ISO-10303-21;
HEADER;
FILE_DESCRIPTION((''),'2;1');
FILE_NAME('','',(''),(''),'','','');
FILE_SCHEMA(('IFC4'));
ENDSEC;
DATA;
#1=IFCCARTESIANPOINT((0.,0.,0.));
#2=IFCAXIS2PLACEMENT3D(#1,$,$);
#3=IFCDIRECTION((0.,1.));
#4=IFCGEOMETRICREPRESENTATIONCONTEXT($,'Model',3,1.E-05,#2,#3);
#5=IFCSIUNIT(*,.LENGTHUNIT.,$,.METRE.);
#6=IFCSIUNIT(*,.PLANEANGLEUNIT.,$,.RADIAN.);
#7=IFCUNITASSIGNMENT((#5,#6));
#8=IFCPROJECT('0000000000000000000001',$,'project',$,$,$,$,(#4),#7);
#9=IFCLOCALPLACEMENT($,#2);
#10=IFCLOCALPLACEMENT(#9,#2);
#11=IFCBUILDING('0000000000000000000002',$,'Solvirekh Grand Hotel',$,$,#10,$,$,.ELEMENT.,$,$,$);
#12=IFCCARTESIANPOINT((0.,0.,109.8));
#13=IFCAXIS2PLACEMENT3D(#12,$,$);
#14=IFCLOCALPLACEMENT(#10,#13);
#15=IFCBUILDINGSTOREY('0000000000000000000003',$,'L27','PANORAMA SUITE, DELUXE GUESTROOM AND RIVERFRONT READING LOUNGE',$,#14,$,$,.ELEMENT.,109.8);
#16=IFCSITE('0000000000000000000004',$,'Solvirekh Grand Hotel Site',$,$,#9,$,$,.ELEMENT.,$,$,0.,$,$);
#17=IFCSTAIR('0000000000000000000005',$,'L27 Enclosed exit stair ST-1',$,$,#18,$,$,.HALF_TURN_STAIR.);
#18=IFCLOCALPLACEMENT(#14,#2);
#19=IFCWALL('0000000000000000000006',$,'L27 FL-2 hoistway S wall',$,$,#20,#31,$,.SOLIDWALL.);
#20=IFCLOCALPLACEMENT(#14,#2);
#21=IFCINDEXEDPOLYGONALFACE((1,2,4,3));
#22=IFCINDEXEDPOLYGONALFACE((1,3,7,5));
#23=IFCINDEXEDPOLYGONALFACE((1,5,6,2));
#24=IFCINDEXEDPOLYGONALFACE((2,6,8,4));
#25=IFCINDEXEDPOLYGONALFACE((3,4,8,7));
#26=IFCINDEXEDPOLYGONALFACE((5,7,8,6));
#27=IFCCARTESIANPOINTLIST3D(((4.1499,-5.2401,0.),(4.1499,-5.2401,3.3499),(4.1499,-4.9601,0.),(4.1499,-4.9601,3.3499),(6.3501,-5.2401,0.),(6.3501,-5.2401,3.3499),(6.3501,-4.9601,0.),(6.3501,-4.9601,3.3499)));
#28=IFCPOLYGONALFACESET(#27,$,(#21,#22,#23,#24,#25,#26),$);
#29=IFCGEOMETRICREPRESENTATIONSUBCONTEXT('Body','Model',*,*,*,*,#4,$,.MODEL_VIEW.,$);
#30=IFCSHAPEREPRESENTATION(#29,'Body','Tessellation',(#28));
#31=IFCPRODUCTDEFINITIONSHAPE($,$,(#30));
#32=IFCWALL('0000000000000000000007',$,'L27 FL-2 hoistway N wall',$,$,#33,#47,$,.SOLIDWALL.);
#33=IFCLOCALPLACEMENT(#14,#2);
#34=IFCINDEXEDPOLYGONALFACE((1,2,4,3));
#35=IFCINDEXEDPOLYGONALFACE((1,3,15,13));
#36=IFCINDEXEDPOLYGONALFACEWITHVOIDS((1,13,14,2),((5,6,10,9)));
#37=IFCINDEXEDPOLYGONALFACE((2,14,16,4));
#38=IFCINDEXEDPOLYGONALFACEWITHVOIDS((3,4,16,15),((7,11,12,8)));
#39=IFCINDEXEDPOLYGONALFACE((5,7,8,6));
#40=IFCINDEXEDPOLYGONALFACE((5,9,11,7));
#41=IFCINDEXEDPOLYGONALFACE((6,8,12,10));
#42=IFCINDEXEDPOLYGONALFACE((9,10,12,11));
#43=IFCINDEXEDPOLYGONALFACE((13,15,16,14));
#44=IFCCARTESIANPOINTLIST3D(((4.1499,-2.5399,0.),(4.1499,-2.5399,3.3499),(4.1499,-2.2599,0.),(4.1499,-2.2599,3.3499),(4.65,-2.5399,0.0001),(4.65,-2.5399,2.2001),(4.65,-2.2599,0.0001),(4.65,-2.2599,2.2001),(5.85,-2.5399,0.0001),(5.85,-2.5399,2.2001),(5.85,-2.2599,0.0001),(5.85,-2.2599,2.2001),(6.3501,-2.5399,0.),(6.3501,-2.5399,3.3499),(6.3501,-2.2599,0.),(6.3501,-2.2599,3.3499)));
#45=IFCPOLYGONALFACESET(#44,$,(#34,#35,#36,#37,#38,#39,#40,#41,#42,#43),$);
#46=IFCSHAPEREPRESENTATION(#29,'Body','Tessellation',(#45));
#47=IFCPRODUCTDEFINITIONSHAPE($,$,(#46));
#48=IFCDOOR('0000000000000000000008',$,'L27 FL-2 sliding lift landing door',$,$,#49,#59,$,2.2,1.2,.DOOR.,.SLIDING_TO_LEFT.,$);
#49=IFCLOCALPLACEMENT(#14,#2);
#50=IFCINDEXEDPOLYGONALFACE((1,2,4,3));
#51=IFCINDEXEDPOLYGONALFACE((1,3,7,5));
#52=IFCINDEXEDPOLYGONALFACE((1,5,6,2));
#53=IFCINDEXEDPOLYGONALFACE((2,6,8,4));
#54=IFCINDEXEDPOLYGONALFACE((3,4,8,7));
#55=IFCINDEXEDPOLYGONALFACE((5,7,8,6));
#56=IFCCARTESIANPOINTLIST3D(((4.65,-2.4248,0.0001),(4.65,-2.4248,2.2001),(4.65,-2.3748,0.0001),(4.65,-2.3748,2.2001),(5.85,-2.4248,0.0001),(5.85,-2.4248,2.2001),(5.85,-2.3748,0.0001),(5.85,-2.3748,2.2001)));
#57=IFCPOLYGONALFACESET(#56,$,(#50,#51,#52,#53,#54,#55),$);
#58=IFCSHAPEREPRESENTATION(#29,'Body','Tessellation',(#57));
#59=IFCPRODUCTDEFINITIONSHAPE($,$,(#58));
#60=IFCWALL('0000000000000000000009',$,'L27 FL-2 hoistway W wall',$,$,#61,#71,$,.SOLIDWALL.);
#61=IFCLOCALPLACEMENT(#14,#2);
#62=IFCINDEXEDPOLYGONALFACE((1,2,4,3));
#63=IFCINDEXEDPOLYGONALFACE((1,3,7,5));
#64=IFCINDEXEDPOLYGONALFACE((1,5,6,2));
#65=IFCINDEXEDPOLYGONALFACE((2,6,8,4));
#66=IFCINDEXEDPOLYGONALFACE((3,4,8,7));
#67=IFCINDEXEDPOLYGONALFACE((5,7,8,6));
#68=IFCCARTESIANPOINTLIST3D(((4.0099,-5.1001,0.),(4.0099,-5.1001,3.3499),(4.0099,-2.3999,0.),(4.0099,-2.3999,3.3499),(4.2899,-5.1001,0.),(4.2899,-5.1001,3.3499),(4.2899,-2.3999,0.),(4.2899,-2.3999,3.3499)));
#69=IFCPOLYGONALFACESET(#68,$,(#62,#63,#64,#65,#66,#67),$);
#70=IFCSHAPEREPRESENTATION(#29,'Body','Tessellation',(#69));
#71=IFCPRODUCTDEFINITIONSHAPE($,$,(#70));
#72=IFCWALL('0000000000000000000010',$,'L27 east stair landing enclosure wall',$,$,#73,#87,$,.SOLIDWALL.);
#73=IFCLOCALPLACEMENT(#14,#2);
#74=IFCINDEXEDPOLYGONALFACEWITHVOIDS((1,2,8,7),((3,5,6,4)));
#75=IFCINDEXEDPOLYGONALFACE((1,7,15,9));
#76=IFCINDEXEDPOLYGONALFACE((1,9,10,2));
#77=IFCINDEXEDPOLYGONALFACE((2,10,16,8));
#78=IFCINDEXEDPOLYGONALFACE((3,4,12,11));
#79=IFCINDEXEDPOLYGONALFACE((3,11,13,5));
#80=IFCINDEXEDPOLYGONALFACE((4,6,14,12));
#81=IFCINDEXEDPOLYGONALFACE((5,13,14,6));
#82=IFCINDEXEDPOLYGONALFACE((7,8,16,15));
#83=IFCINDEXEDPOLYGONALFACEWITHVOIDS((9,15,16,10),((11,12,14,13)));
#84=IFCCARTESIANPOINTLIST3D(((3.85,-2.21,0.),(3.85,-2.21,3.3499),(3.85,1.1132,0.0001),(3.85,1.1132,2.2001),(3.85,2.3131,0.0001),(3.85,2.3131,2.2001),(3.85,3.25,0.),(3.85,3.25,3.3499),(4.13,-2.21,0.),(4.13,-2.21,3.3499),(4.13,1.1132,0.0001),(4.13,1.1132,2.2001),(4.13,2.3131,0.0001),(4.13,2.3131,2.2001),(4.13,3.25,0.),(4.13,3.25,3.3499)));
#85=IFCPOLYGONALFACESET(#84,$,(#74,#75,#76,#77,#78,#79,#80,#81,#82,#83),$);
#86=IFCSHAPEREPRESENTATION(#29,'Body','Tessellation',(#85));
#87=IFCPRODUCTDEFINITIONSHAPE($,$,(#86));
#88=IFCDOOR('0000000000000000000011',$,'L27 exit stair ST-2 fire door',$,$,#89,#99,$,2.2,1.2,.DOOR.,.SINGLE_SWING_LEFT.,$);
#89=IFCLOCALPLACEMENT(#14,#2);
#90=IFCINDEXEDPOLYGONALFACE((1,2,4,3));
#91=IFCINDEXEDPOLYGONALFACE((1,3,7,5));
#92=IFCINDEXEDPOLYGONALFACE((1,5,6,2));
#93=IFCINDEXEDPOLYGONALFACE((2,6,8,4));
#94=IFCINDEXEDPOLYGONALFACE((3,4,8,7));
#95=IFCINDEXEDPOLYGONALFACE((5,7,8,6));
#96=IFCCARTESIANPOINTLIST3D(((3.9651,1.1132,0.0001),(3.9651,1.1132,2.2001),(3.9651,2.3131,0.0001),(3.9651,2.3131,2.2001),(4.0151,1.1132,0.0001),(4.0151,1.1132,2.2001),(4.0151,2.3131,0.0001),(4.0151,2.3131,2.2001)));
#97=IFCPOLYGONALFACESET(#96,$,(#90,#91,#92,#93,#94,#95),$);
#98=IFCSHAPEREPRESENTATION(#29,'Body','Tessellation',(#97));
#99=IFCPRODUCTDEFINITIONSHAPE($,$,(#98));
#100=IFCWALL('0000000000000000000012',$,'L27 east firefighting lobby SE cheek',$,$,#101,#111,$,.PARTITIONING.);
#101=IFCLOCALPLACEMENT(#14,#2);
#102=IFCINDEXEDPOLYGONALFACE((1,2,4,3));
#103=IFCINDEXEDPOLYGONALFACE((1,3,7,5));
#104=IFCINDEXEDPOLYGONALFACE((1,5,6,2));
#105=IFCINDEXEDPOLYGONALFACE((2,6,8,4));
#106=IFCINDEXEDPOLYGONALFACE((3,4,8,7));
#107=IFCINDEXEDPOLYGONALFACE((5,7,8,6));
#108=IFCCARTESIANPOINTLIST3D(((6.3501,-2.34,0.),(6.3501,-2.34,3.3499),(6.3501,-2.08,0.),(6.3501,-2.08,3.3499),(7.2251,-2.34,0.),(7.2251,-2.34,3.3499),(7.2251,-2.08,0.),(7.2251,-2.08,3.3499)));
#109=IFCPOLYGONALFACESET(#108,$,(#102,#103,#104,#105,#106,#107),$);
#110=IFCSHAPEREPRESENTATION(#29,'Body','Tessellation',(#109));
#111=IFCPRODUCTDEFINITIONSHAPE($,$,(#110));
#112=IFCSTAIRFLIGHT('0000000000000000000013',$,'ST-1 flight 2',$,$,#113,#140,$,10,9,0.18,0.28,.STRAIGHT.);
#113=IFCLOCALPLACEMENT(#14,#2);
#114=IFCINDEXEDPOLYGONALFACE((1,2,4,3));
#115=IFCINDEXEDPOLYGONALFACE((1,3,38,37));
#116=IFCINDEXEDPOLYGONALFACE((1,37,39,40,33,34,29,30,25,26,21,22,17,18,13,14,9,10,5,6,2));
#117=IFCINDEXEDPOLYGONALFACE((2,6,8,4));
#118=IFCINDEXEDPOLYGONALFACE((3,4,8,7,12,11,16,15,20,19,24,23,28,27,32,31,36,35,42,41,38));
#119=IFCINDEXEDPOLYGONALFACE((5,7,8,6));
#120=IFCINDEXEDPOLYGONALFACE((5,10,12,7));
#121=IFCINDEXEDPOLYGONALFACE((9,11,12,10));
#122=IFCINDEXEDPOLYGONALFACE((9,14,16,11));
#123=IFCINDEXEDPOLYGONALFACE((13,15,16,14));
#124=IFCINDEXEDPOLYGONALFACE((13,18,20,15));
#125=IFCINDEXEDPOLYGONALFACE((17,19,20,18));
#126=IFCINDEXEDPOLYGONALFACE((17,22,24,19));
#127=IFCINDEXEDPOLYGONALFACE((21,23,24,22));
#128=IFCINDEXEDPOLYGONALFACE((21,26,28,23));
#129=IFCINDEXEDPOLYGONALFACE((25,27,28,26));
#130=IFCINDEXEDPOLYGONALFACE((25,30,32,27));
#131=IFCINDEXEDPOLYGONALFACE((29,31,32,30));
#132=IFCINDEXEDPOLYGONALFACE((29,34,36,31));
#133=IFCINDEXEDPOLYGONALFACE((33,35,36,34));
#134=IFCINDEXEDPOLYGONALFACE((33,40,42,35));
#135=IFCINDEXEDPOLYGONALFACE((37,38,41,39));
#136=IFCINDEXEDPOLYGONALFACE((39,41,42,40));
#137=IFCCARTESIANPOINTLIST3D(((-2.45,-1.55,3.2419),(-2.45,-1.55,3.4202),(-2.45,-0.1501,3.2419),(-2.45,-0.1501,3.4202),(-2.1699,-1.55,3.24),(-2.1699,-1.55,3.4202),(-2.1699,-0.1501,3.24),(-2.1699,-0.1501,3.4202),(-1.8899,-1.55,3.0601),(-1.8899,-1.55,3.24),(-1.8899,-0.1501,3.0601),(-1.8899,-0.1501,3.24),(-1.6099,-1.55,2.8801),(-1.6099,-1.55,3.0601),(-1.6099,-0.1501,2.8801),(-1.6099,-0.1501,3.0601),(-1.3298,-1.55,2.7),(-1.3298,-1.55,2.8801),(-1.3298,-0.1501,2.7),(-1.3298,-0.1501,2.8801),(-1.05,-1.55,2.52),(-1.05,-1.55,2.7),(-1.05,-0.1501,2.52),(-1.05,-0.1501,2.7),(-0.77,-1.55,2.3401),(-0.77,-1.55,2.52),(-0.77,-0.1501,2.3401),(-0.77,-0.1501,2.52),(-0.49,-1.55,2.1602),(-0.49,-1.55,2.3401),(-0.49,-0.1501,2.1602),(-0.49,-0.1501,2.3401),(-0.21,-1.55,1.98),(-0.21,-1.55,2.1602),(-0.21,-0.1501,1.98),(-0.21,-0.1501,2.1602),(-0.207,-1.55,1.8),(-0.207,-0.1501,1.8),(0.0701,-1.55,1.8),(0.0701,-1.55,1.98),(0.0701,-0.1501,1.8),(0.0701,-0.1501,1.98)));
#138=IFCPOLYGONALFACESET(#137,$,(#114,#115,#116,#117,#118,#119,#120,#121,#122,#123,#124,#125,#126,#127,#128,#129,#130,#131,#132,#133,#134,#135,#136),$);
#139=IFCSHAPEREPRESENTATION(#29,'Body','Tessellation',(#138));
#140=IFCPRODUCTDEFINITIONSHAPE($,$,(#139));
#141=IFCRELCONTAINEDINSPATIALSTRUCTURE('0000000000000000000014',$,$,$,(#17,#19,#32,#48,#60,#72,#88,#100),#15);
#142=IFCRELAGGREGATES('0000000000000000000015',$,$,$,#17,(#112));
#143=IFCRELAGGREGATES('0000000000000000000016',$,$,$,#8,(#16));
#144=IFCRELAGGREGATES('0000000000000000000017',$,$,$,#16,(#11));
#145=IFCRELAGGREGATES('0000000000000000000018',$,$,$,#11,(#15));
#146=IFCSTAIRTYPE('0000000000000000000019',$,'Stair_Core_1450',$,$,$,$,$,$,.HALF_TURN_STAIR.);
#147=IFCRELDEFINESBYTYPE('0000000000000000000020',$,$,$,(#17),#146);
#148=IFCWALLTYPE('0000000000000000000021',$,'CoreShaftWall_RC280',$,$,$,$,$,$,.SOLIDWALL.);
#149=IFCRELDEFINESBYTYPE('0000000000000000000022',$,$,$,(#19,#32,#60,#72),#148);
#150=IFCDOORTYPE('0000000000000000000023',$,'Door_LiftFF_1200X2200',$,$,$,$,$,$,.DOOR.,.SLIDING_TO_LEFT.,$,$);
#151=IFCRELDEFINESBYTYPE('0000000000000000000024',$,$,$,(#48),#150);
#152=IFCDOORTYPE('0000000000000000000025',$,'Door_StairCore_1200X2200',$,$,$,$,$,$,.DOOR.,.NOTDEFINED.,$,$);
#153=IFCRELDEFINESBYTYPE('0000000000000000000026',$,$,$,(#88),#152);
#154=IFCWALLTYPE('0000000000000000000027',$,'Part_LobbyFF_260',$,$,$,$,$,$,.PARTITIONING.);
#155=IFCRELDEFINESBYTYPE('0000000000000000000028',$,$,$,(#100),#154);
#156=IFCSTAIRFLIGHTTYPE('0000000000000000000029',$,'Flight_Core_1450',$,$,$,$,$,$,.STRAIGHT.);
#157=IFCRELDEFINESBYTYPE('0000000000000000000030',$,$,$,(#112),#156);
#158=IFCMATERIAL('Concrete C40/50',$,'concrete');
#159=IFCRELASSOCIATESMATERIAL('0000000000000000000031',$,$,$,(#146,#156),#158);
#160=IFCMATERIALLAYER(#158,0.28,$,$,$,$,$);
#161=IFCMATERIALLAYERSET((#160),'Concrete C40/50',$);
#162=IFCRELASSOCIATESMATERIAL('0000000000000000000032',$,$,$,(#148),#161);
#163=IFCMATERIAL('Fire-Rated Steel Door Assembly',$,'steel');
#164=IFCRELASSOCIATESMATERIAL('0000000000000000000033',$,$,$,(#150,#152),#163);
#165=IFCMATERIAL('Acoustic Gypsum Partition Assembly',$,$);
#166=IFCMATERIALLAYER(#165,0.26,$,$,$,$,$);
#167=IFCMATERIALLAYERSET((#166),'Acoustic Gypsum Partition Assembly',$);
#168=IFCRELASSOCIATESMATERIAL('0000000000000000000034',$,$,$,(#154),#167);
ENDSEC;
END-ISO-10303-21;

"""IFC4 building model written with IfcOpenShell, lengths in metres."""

from ifc_helpers import new_model, si_unit, direction, frame, frame_2d, origin, place, context, subcontext, project, spatial, polyline, rectangle, outline, extrude, material, layer, layer_set, type_object, element, fill, aggregate, save


model = new_model("IFC4")

# Units and contexts
model_context = context("Model", 3, precision=1e-05, world=origin(), true_north=direction((0.0, 1.0)))
body_context = subcontext(model_context, "Body", "Model", "MODEL_VIEW")
ifc_project = project(units=[si_unit("LENGTHUNIT", "METRE"), si_unit("PLANEANGLEUNIT", "RADIAN")], contexts=[model_context])

# Site, building, storey
site_placement = place(None, origin())
site = spatial("IfcSite", under=ifc_project, at=site_placement, Name="Solvirekh Grand Hotel Site", CompositionType="ELEMENT", RefElevation=0.0)
building_placement = place(site_placement, origin())
building = spatial("IfcBuilding", under=site, at=building_placement, Name="Solvirekh Grand Hotel", CompositionType="ELEMENT")
storey_placement = place(building_placement, frame((0.0, 0.0, 109.8)))
storey = spatial("IfcBuildingStorey", under=building, at=storey_placement, Name="L27", Description="PANORAMA SUITE, DELUXE GUESTROOM AND RIVERFRONT READING LOUNGE", CompositionType="ELEMENT", Elevation=109.8)

# Stair
ifc_material_1 = material(Name="Concrete C40/50", Category="concrete")
stair_type = type_object("IfcStairType", Name="Stair_Core_1450", PredefinedType="HALF_TURN_STAIR", material=ifc_material_1)
stair_1_placement = place(storey_placement, origin())
stair_1 = element("IfcStair", 1, at=stair_1_placement, inside=storey, type_object=stair_type, Name="L27 Enclosed exit stair ST-1", PredefinedType="HALF_TURN_STAIR")

# Shared definitions
ifc_layer_1 = layer(ifc_material_1, 0.28)
ifc_layer_set_1 = layer_set([ifc_layer_1], Name="Concrete C40/50")
wall_type_1 = type_object("IfcWallType", Name="CoreShaftWall_RC280", PredefinedType="SOLIDWALL", material=ifc_layer_set_1)

# Shared definitions
ifc_material_2 = material(Name="Fire-Rated Steel Door Assembly", Category="steel")

# Wall
wall_1_placement = place(storey_placement, frame((4.1499, -5.1001, 0.0), z_axis=(0.0, 0.0, 1.0), x_axis=(1.0, 0.0, 0.0)))
element("IfcWall", 2, at=wall_1_placement, inside=storey, type_object=wall_type_1, Name="L27 FL-2 hoistway S wall", PredefinedType="SOLIDWALL", context=body_context, shape_type="SweptSolid", body=[
    extrude(rectangle(XDim=2.2002, YDim=0.28, at=frame_2d((1.1001, 0.0))), origin(), (0.0, 0.0, 1.0), 3.3499),
])

# Wall, opening, door
wall_2_placement = place(storey_placement, frame((6.3501, -2.3999, 0.0), z_axis=(0.0, 0.0, 1.0), x_axis=(-1.0, 0.0, 0.0)))
wall_2 = element("IfcWall", 3, at=wall_2_placement, inside=storey, type_object=wall_type_1, Name="L27 FL-2 hoistway N wall", PredefinedType="SOLIDWALL", context=body_context, shape_type="SweptSolid", body=[
    extrude(rectangle(XDim=2.2002, YDim=0.28, at=frame_2d((1.1001, 0.0))), origin(), (0.0, 0.0, 1.0), 3.3499),
])
opening_1_placement = place(wall_2_placement, frame((0.5, 0.0, 0.0)))
opening_1 = element("IfcOpeningElement", 4, at=opening_1_placement, cuts=wall_2, PredefinedType="OPENING", context=body_context, shape_type="SweptSolid", body=[
    extrude(rectangle(XDim=1.2, YDim=2.2, at=frame_2d((0.6001, 1.1001))), frame((0.0, 0.1499, 0.0), z_axis=(0.0, -1.0, 0.0), x_axis=(1.0, 0.0, 0.0)), (0.0, 0.0, 1.0), 0.3),
])
door_type_1 = type_object("IfcDoorType", Name="Door_LiftFF_1200X2200", OperationType="SLIDING_TO_LEFT", PredefinedType="DOOR", material=ifc_material_2)
door_1_placement = place(opening_1_placement, origin())
door_1 = element("IfcDoor", 5, at=door_1_placement, inside=storey, type_object=door_type_1, Name="L27 FL-2 sliding lift landing door", OperationType="SLIDING_TO_LEFT", OverallHeight=2.2, OverallWidth=1.2, PredefinedType="DOOR", context=body_context, shape_type="SweptSolid", body=[
    extrude(rectangle(XDim=1.2, YDim=2.2, at=frame_2d((0.6001, 1.1001))), frame((0.0, 0.0249, 0.0), z_axis=(0.0, -1.0, 0.0), x_axis=(1.0, 0.0, 0.0)), (0.0, 0.0, 1.0), 0.05),
])
fill(opening_1, door_1)

# Wall
wall_3_placement = place(storey_placement, frame((4.1499, -2.3999, 0.0), z_axis=(0.0, 0.0, 1.0), x_axis=(0.0, -1.0, 0.0)))
element("IfcWall", 6, at=wall_3_placement, inside=storey, type_object=wall_type_1, Name="L27 FL-2 hoistway W wall", PredefinedType="SOLIDWALL", context=body_context, shape_type="SweptSolid", body=[
    extrude(rectangle(XDim=2.7002, YDim=0.28, at=frame_2d((1.3501, 0.0))), origin(), (0.0, 0.0, 1.0), 3.3499),
])

# Wall, opening, door
wall_4_placement = place(storey_placement, frame((3.99, -2.21, 0.0), z_axis=(0.0, 0.0, 1.0), x_axis=(0.0, 1.0, 0.0)))
wall_4 = element("IfcWall", 7, at=wall_4_placement, inside=storey, type_object=wall_type_1, Name="L27 east stair landing enclosure wall", PredefinedType="SOLIDWALL", context=body_context, shape_type="SweptSolid", body=[
    extrude(rectangle(XDim=5.46, YDim=0.28, at=frame_2d((2.73, 0.0))), origin(), (0.0, 0.0, 1.0), 3.3499),
])
opening_2_placement = place(wall_4_placement, frame((3.323, 0.0, 0.0)))
opening_2 = element("IfcOpeningElement", 8, at=opening_2_placement, cuts=wall_4, PredefinedType="OPENING", context=body_context, shape_type="SweptSolid", body=[
    extrude(rectangle(XDim=1.2, YDim=2.2, at=frame_2d((0.6001, 1.1001))), frame((0.0, 0.1499, 0.0), z_axis=(0.0, -1.0, 0.0), x_axis=(1.0, 0.0, 0.0)), (0.0, 0.0, 1.0), 0.3),
])
door_type_2 = type_object("IfcDoorType", Name="Door_StairCore_1200X2200", OperationType="NOTDEFINED", PredefinedType="DOOR", material=ifc_material_2)
door_2_placement = place(opening_2_placement, origin())
door_2 = element("IfcDoor", 9, at=door_2_placement, inside=storey, type_object=door_type_2, Name="L27 exit stair ST-2 fire door", OperationType="SINGLE_SWING_LEFT", OverallHeight=2.2, OverallWidth=1.2, PredefinedType="DOOR", context=body_context, shape_type="SweptSolid", body=[
    extrude(rectangle(XDim=1.2, YDim=2.2, at=frame_2d((0.6001, 1.1001))), frame((0.0, 0.0249, 0.0), z_axis=(0.0, -1.0, 0.0), x_axis=(1.0, 0.0, 0.0)), (0.0, 0.0, 1.0), 0.05),
])
fill(opening_2, door_2)

# Wall
ifc_material_3 = material(Name="Acoustic Gypsum Partition Assembly")
ifc_layer_2 = layer(ifc_material_3, 0.26)
ifc_layer_set_2 = layer_set([ifc_layer_2], Name="Acoustic Gypsum Partition Assembly")
wall_type_2 = type_object("IfcWallType", Name="Part_LobbyFF_260", PredefinedType="PARTITIONING", material=ifc_layer_set_2)
wall_5_placement = place(storey_placement, frame((6.3501, -2.21, 0.0), z_axis=(0.0, 0.0, 1.0), x_axis=(1.0, 0.0, 0.0)))
element("IfcWall", 10, at=wall_5_placement, inside=storey, type_object=wall_type_2, Name="L27 east firefighting lobby SE cheek", PredefinedType="PARTITIONING", context=body_context, shape_type="SweptSolid", body=[
    extrude(rectangle(XDim=0.875, YDim=0.26, at=frame_2d((0.4375, 0.0))), origin(), (0.0, 0.0, 1.0), 3.3499),
])

# Stair flight
stair_flight_type = type_object("IfcStairFlightType", Name="Flight_Core_1450", PredefinedType="STRAIGHT", material=ifc_material_1)
stair_flight_placement = place(storey_placement, frame((0.0701, -0.8501, 1.8), z_axis=(0.0, 0.0, 1.0), x_axis=(-1.0, 0.0, 0.0)))
stair_flight = element("IfcStairFlight", 11, at=stair_flight_placement, type_object=stair_flight_type, Name="ST-1 flight 2", NumberOfRisers=10, NumberOfTreads=9, PredefinedType="STRAIGHT", RiserHeight=0.18, TreadLength=0.28, context=body_context, shape_type="SweptSolid", body=[
    extrude(outline(polyline([(0.0, 0.0), (0.0, 0.1799), (0.28, 0.1799), (0.28, 0.3601), (0.5601, 0.3601), (0.5601, 0.54), (0.8401, 0.54), (0.8401, 0.72), (1.1201, 0.72), (1.1201, 0.8999), (1.3999, 0.8999), (1.3999, 1.0801), (1.6799, 1.0801), (1.6799, 1.26), (1.96, 1.26), (1.96, 1.4399), (2.24, 1.4399), (2.24, 1.6201), (2.52, 1.6201), (2.52, 1.8), (2.52, 1.4419), (0.2771, 0.0), (0.0, 0.0)])), frame((0.0, 0.7, 0.0), z_axis=(0.0, -1.0, 0.0), x_axis=(1.0, 0.0, 0.0)), (0.0, 0.0, 1.0), 1.3999),
])
aggregate(stair_1, [stair_flight])

save(model, "model.ifc")
